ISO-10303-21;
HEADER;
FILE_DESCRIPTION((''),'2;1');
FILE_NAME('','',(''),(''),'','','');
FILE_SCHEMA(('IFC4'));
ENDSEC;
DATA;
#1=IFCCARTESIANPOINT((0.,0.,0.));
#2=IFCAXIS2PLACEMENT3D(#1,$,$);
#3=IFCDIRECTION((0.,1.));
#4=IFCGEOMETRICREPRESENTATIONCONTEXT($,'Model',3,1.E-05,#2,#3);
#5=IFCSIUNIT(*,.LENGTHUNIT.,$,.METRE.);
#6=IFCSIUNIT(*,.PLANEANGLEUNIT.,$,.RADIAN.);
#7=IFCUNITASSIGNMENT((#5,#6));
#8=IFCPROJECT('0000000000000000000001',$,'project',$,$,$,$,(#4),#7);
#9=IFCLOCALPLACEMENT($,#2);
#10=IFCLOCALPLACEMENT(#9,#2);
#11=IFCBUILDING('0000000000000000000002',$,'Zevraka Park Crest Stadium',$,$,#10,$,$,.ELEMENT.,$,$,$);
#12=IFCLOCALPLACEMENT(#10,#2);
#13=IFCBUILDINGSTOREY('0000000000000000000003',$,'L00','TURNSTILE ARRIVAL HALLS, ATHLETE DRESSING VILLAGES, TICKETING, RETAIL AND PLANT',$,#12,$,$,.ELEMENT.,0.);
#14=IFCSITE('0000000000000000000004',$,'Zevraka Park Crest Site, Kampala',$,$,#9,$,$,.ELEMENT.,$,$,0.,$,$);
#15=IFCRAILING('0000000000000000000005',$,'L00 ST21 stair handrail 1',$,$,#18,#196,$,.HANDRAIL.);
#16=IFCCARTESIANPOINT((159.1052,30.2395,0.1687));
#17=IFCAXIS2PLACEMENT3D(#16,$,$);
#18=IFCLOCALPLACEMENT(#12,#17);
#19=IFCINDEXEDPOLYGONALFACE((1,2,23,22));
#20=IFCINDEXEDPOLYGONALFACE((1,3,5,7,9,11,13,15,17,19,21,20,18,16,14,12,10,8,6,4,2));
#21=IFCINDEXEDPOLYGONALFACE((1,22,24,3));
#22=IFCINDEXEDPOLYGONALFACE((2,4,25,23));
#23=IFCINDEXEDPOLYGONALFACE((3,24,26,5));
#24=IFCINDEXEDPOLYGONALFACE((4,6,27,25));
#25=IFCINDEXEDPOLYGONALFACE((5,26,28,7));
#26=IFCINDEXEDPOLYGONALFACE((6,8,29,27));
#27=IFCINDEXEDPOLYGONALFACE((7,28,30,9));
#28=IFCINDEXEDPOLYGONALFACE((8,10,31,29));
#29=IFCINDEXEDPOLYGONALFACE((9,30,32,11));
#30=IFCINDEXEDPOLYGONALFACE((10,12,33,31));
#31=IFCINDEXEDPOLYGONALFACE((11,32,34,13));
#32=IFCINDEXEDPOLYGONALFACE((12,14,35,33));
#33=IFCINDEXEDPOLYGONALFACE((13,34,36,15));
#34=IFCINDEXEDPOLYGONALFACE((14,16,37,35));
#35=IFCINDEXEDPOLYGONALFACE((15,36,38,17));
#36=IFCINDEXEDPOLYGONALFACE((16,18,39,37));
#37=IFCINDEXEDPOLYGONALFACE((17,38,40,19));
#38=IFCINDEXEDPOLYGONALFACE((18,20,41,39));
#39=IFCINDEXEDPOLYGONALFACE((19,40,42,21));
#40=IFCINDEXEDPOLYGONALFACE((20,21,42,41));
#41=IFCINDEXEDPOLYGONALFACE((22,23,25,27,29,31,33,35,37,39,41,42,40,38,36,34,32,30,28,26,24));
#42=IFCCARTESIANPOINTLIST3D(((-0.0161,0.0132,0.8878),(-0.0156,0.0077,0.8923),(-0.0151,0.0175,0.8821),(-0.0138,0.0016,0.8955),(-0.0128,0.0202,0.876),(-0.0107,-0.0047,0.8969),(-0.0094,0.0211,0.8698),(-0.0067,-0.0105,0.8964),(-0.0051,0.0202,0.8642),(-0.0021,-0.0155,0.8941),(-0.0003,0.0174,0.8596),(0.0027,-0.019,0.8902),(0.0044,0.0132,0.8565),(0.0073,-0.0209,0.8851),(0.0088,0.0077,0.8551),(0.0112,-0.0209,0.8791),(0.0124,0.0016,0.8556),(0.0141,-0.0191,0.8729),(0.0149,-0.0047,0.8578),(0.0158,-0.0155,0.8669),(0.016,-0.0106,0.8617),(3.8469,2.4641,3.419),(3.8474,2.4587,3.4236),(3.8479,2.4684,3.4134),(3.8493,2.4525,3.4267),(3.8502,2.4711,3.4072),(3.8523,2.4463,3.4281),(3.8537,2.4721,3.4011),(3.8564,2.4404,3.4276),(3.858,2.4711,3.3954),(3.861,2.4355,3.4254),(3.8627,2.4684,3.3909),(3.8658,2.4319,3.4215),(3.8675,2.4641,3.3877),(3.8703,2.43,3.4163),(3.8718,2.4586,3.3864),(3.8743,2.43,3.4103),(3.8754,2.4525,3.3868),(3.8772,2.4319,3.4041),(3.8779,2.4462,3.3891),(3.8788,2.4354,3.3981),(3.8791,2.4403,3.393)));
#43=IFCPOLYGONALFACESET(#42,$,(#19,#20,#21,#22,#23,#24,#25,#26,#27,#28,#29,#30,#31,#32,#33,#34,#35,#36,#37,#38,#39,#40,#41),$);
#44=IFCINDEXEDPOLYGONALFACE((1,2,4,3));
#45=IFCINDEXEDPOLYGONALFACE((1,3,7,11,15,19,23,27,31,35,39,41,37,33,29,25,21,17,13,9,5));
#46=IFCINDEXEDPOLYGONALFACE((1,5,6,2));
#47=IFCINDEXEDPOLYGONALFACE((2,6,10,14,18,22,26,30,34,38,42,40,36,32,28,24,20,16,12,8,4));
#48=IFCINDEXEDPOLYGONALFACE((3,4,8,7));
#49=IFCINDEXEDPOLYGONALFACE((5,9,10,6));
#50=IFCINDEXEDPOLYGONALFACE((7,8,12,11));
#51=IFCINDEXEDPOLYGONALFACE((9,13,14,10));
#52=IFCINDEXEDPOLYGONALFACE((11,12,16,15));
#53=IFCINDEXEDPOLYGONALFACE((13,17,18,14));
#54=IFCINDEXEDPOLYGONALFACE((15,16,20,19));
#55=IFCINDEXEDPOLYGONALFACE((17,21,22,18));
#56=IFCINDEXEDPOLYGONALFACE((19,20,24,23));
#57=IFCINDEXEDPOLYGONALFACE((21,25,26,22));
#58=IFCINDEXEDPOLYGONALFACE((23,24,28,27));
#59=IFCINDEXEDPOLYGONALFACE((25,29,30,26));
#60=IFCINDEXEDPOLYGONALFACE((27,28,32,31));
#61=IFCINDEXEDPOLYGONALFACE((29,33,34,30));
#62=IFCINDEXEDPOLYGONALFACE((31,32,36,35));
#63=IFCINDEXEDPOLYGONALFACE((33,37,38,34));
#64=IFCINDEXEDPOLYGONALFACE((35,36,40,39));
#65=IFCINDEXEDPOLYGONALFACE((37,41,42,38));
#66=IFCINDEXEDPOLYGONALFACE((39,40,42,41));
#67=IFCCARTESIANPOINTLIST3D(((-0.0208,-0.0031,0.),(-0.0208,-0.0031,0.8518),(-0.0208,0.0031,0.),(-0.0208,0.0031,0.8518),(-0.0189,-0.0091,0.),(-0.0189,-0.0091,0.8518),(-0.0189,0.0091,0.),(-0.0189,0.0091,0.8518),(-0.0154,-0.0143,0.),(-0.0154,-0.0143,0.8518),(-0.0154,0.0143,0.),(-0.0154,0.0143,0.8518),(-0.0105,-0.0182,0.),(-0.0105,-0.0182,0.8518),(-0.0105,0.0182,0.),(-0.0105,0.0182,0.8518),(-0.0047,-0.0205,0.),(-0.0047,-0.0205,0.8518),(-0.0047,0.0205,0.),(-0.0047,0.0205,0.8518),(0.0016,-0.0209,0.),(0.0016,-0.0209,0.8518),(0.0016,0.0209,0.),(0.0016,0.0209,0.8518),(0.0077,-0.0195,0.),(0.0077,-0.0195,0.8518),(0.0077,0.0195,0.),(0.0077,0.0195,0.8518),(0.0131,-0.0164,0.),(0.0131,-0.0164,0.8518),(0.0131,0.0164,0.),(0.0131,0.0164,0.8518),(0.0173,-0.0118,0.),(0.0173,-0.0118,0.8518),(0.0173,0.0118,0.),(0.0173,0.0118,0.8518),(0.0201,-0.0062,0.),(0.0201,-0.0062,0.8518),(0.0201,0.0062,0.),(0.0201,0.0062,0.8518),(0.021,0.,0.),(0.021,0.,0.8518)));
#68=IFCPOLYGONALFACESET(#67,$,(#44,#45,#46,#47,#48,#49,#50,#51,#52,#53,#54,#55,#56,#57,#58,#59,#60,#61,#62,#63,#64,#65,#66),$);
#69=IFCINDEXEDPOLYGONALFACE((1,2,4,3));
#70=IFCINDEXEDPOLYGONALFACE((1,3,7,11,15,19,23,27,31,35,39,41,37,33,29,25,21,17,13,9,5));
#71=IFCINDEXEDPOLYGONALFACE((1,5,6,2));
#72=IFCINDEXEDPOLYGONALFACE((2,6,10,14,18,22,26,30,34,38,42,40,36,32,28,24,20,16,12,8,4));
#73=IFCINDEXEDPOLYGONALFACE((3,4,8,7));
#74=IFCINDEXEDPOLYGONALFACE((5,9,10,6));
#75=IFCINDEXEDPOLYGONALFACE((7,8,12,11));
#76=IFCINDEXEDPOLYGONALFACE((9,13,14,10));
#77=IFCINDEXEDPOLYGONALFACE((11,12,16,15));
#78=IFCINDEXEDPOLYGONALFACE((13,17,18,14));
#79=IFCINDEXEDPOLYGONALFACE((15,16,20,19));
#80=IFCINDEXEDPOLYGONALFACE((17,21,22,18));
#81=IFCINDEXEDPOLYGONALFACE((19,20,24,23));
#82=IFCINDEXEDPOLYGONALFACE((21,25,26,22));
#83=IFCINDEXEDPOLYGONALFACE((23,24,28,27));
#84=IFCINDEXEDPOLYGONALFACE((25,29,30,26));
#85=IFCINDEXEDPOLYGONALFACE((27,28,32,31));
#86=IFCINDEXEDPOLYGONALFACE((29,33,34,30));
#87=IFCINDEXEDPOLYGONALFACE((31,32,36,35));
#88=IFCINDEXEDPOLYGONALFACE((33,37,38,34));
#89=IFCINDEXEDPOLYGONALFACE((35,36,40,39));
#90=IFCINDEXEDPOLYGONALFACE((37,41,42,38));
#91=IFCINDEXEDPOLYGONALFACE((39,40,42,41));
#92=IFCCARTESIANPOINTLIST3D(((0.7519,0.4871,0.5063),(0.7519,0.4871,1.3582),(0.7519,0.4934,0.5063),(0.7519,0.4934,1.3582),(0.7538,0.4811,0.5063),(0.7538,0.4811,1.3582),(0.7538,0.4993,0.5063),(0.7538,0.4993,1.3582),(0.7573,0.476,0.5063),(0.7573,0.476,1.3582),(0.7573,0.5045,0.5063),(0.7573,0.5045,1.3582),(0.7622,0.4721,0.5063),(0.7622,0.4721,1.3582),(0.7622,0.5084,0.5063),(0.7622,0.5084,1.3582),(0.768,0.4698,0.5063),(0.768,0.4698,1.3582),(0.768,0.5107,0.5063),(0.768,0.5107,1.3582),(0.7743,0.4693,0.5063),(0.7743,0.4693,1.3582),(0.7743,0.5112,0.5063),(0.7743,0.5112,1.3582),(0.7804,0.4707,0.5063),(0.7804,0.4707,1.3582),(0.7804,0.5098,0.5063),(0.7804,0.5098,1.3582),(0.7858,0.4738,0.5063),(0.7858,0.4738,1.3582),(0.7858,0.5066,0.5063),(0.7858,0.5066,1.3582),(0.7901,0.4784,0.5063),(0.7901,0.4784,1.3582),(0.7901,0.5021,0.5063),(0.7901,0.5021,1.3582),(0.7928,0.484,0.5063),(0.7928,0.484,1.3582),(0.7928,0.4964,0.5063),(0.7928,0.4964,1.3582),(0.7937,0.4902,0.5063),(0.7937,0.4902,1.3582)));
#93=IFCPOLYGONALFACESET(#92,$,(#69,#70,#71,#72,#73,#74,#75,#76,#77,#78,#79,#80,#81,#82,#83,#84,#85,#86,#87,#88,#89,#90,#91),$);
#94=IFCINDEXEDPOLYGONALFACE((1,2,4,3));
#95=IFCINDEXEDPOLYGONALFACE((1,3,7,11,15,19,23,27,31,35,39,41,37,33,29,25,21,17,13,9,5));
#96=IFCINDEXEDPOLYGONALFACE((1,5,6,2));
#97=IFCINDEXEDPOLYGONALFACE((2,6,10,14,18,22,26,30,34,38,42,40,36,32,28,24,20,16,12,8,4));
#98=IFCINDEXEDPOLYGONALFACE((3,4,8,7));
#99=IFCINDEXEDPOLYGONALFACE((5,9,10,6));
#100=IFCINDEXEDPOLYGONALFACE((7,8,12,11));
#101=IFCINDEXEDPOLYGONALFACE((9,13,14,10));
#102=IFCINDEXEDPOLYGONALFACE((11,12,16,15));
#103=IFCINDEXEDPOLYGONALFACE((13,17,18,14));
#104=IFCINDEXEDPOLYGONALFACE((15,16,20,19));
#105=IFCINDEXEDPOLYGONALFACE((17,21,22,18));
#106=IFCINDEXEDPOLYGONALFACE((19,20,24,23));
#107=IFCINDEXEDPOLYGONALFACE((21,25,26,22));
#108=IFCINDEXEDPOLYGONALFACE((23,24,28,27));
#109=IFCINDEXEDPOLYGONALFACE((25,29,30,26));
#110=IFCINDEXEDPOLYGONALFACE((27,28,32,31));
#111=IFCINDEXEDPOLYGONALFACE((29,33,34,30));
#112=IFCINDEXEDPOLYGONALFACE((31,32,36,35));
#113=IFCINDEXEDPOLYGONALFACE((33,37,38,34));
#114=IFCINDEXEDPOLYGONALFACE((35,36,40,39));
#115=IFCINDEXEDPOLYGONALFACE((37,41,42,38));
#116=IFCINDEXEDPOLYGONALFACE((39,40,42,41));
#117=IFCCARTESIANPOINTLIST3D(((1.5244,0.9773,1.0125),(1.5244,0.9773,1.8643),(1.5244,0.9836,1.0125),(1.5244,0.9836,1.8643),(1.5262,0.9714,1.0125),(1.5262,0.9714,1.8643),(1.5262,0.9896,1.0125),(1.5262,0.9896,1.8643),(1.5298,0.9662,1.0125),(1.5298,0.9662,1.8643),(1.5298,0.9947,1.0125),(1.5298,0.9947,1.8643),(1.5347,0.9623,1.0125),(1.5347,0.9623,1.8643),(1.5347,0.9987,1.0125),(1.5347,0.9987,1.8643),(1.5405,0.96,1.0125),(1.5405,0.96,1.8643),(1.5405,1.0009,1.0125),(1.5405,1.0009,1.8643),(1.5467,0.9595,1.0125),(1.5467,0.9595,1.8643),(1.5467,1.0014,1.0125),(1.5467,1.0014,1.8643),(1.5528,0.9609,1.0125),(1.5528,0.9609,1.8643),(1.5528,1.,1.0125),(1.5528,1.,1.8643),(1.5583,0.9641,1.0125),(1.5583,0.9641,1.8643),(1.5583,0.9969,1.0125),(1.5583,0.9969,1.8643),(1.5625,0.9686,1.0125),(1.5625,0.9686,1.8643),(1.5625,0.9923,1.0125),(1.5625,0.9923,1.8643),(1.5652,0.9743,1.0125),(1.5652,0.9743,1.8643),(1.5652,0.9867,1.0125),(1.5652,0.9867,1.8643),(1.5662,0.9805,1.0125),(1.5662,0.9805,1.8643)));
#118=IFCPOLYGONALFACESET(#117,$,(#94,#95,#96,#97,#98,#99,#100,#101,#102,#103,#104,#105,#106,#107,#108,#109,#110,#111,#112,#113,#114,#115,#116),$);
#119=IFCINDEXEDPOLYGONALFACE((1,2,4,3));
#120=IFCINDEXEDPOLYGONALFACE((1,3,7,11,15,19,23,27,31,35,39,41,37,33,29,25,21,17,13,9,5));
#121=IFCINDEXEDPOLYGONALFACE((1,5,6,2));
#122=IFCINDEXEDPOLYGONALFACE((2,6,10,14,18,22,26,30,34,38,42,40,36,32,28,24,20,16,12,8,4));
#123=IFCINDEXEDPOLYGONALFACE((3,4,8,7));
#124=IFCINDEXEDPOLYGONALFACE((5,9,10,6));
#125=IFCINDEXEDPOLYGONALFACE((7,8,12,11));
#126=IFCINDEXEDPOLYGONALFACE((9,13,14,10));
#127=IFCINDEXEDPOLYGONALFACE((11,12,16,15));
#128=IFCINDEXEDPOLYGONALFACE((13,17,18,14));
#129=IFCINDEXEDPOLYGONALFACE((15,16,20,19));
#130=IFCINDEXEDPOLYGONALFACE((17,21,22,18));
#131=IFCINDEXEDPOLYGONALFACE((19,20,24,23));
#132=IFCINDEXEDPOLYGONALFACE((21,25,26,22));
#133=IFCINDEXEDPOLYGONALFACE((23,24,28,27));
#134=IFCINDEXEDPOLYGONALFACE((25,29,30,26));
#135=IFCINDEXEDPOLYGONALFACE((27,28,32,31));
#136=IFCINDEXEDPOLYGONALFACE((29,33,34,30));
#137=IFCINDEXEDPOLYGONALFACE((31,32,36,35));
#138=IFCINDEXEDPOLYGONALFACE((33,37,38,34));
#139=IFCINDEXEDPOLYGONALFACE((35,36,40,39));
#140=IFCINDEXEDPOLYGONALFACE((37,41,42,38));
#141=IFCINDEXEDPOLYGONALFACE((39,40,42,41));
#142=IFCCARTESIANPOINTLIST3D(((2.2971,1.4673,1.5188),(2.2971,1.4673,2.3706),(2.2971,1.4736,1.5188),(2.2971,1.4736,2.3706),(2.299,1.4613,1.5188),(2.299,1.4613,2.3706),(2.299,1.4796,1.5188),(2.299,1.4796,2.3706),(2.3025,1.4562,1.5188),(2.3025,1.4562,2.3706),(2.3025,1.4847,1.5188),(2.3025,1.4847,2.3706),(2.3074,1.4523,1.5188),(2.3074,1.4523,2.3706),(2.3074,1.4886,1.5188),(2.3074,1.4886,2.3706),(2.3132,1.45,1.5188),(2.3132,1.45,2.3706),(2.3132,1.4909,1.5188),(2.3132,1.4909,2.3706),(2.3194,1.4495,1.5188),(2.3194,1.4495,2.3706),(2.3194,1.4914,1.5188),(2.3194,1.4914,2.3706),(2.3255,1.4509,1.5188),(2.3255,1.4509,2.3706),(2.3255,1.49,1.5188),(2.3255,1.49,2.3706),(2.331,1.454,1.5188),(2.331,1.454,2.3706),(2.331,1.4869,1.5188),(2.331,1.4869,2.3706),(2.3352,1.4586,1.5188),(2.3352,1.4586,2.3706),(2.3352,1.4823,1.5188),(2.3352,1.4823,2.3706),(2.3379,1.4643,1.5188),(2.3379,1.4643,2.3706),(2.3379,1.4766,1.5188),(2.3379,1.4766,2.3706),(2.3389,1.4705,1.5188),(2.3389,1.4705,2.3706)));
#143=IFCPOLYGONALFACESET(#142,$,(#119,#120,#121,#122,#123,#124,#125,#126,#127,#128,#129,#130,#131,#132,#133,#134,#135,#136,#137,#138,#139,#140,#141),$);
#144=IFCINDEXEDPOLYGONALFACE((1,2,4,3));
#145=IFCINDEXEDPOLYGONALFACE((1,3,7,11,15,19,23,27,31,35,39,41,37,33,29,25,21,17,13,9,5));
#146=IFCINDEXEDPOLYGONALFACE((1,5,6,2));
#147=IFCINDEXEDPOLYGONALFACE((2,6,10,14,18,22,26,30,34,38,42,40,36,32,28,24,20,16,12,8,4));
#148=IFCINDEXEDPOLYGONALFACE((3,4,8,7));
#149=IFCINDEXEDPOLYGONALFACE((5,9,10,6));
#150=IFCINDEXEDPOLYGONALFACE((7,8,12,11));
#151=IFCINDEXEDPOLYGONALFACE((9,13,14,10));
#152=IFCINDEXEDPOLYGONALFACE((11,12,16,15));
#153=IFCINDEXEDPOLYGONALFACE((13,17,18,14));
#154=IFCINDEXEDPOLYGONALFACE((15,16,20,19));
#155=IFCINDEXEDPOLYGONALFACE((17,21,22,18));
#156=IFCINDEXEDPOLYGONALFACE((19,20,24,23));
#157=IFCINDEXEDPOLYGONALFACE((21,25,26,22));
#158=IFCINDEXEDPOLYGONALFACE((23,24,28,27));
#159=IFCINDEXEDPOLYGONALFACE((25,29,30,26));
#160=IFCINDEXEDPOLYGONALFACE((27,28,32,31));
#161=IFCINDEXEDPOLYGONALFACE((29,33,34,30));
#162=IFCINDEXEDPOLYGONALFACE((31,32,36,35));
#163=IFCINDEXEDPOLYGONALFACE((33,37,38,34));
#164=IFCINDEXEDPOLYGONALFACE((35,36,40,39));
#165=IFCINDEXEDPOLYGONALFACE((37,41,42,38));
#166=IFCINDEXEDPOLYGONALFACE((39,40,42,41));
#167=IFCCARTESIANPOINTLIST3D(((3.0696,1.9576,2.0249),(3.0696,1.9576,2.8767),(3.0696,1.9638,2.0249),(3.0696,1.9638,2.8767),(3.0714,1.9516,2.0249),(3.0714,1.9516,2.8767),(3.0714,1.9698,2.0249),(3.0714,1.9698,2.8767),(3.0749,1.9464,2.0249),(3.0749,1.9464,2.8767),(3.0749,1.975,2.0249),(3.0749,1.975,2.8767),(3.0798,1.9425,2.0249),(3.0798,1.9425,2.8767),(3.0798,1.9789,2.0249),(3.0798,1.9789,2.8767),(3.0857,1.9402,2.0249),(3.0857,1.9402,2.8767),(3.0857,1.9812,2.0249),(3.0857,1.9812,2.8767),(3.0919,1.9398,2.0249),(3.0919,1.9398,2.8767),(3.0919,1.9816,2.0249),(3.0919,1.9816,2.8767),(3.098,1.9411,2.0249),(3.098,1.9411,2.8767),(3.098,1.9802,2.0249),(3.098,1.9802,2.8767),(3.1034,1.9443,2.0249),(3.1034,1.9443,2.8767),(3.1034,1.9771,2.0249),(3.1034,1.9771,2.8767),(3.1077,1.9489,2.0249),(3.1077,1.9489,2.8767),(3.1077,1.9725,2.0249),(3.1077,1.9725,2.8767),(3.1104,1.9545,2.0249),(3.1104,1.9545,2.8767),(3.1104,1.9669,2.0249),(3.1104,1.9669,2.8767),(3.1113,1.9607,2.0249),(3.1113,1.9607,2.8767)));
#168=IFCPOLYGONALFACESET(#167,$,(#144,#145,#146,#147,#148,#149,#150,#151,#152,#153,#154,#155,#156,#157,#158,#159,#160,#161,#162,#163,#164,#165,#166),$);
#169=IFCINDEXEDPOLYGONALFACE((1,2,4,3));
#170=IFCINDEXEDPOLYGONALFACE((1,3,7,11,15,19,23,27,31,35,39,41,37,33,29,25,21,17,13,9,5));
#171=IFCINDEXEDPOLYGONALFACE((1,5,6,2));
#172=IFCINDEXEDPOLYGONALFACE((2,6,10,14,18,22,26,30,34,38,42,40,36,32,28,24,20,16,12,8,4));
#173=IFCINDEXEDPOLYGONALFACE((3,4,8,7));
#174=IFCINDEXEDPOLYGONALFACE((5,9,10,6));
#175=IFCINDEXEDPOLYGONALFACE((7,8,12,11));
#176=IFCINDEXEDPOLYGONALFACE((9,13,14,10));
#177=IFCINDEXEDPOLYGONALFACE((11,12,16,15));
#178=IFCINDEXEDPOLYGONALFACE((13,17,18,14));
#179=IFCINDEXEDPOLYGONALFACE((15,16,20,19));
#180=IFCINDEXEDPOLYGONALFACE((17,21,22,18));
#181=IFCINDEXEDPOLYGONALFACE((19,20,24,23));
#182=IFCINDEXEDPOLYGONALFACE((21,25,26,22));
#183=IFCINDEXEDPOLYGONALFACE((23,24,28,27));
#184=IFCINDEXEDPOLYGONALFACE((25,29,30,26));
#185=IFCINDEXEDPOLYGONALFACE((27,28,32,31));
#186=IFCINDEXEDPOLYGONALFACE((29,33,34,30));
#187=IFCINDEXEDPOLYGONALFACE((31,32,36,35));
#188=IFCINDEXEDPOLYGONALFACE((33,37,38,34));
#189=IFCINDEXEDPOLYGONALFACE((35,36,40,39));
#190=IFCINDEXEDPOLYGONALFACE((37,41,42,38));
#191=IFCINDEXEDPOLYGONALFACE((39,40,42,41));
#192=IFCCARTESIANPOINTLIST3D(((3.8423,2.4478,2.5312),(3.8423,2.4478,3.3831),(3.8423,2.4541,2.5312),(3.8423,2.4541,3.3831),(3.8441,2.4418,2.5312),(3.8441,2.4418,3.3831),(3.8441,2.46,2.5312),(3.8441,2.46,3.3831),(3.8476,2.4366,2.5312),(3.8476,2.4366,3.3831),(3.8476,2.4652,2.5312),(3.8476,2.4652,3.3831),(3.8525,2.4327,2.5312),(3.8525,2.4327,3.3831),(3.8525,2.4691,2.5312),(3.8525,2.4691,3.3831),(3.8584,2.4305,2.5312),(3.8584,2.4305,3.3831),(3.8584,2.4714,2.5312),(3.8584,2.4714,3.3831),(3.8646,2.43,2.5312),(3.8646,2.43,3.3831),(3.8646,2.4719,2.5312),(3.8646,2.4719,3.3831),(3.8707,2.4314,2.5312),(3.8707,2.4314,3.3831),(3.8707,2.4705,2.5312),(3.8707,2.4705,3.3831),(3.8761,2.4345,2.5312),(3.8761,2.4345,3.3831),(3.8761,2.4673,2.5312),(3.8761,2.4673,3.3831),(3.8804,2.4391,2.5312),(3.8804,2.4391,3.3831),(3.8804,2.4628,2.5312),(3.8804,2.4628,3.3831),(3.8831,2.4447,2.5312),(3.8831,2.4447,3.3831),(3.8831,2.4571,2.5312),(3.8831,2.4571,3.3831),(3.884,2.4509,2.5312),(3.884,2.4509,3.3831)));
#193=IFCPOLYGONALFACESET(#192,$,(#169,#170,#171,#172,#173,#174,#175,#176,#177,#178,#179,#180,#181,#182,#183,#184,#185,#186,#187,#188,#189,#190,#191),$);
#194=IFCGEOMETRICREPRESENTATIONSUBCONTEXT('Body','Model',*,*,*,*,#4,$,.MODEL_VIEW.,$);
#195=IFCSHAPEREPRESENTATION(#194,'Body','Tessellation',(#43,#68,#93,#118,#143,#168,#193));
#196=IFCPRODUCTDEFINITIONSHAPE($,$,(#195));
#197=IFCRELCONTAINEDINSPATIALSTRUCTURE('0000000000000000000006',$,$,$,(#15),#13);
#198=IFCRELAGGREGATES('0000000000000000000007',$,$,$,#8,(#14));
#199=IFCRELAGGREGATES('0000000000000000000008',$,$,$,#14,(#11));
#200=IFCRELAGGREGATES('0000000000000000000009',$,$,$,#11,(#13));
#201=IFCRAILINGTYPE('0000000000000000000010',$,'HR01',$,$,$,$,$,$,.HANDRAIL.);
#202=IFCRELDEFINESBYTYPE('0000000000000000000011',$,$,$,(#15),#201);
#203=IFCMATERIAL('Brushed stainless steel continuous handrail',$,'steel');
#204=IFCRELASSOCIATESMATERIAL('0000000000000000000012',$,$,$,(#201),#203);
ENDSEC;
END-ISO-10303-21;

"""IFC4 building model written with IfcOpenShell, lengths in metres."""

from ifc_helpers import new_model, si_unit, direction, frame, origin, origin_2d, place, context, subcontext, project, spatial, circle, extrude, material, type_object, element, save


model = new_model("IFC4")

# Units and contexts
model_context = context("Model", 3, precision=1e-05, world=origin(), true_north=direction((0.0, 1.0)))
body_context = subcontext(model_context, "Body", "Model", "MODEL_VIEW")
ifc_project = project(units=[si_unit("LENGTHUNIT", "METRE"), si_unit("PLANEANGLEUNIT", "RADIAN")], contexts=[model_context])

# Site, building, storey
site_placement = place(None, origin())
site = spatial("IfcSite", under=ifc_project, at=site_placement, Name="Zevraka Park Crest Site, Kampala", CompositionType="ELEMENT", RefElevation=0.0)
building_placement = place(site_placement, origin())
building = spatial("IfcBuilding", under=site, at=building_placement, Name="Zevraka Park Crest Stadium", CompositionType="ELEMENT")
storey_placement = place(building_placement, origin())
storey = spatial("IfcBuildingStorey", under=building, at=storey_placement, Name="L00", Description="TURNSTILE ARRIVAL HALLS, ATHLETE DRESSING VILLAGES, TICKETING, RETAIL AND PLANT", CompositionType="ELEMENT", Elevation=0.0)

# Railing
ifc_material_1 = material(Name="Brushed stainless steel continuous handrail", Category="steel")
railing_type_1 = type_object("IfcRailingType", Name="HR01", PredefinedType="HANDRAIL", material=ifc_material_1)
railing_1_placement = place(storey_placement, frame((159.1052, 30.2395, 0.1687)))
element("IfcRailing", 1, at=railing_1_placement, inside=storey, type_object=railing_type_1, Name="L00 ST21 stair handrail 1", PredefinedType="HANDRAIL", context=body_context, shape_type="SweptSolid", body=[
    extrude(circle(Radius=0.0239, at=origin_2d()), frame((0.0, 0.0, 0.876), z_axis=(0.738841, 0.468762, 0.484124), x_axis=(-0.535729, 0.84439, 0.0)), (0.0, 0.0, 1.0), 5.2285),
    extrude(circle(Radius=0.021, at=origin_2d()), origin(), (0.0, 0.0, 1.0), 0.8518),
    extrude(circle(Radius=0.021, at=origin_2d()), frame((0.7727, 0.4902, 0.5063)), (0.0, 0.0, 1.0), 0.8518),
    extrude(circle(Radius=0.021, at=origin_2d()), frame((1.5452, 0.9805, 1.0125)), (0.0, 0.0, 1.0), 0.8518),
    extrude(circle(Radius=0.021, at=origin_2d()), frame((2.3179, 1.4705, 1.5188)), (0.0, 0.0, 1.0), 0.8518),
    extrude(circle(Radius=0.021, at=origin_2d()), frame((3.0903, 1.9607, 2.0249)), (0.0, 0.0, 1.0), 0.8518),
    extrude(circle(Radius=0.021, at=origin_2d()), frame((3.863, 2.4509, 2.5312)), (0.0, 0.0, 1.0), 0.8518),
])

save(model, "model.ifc")
